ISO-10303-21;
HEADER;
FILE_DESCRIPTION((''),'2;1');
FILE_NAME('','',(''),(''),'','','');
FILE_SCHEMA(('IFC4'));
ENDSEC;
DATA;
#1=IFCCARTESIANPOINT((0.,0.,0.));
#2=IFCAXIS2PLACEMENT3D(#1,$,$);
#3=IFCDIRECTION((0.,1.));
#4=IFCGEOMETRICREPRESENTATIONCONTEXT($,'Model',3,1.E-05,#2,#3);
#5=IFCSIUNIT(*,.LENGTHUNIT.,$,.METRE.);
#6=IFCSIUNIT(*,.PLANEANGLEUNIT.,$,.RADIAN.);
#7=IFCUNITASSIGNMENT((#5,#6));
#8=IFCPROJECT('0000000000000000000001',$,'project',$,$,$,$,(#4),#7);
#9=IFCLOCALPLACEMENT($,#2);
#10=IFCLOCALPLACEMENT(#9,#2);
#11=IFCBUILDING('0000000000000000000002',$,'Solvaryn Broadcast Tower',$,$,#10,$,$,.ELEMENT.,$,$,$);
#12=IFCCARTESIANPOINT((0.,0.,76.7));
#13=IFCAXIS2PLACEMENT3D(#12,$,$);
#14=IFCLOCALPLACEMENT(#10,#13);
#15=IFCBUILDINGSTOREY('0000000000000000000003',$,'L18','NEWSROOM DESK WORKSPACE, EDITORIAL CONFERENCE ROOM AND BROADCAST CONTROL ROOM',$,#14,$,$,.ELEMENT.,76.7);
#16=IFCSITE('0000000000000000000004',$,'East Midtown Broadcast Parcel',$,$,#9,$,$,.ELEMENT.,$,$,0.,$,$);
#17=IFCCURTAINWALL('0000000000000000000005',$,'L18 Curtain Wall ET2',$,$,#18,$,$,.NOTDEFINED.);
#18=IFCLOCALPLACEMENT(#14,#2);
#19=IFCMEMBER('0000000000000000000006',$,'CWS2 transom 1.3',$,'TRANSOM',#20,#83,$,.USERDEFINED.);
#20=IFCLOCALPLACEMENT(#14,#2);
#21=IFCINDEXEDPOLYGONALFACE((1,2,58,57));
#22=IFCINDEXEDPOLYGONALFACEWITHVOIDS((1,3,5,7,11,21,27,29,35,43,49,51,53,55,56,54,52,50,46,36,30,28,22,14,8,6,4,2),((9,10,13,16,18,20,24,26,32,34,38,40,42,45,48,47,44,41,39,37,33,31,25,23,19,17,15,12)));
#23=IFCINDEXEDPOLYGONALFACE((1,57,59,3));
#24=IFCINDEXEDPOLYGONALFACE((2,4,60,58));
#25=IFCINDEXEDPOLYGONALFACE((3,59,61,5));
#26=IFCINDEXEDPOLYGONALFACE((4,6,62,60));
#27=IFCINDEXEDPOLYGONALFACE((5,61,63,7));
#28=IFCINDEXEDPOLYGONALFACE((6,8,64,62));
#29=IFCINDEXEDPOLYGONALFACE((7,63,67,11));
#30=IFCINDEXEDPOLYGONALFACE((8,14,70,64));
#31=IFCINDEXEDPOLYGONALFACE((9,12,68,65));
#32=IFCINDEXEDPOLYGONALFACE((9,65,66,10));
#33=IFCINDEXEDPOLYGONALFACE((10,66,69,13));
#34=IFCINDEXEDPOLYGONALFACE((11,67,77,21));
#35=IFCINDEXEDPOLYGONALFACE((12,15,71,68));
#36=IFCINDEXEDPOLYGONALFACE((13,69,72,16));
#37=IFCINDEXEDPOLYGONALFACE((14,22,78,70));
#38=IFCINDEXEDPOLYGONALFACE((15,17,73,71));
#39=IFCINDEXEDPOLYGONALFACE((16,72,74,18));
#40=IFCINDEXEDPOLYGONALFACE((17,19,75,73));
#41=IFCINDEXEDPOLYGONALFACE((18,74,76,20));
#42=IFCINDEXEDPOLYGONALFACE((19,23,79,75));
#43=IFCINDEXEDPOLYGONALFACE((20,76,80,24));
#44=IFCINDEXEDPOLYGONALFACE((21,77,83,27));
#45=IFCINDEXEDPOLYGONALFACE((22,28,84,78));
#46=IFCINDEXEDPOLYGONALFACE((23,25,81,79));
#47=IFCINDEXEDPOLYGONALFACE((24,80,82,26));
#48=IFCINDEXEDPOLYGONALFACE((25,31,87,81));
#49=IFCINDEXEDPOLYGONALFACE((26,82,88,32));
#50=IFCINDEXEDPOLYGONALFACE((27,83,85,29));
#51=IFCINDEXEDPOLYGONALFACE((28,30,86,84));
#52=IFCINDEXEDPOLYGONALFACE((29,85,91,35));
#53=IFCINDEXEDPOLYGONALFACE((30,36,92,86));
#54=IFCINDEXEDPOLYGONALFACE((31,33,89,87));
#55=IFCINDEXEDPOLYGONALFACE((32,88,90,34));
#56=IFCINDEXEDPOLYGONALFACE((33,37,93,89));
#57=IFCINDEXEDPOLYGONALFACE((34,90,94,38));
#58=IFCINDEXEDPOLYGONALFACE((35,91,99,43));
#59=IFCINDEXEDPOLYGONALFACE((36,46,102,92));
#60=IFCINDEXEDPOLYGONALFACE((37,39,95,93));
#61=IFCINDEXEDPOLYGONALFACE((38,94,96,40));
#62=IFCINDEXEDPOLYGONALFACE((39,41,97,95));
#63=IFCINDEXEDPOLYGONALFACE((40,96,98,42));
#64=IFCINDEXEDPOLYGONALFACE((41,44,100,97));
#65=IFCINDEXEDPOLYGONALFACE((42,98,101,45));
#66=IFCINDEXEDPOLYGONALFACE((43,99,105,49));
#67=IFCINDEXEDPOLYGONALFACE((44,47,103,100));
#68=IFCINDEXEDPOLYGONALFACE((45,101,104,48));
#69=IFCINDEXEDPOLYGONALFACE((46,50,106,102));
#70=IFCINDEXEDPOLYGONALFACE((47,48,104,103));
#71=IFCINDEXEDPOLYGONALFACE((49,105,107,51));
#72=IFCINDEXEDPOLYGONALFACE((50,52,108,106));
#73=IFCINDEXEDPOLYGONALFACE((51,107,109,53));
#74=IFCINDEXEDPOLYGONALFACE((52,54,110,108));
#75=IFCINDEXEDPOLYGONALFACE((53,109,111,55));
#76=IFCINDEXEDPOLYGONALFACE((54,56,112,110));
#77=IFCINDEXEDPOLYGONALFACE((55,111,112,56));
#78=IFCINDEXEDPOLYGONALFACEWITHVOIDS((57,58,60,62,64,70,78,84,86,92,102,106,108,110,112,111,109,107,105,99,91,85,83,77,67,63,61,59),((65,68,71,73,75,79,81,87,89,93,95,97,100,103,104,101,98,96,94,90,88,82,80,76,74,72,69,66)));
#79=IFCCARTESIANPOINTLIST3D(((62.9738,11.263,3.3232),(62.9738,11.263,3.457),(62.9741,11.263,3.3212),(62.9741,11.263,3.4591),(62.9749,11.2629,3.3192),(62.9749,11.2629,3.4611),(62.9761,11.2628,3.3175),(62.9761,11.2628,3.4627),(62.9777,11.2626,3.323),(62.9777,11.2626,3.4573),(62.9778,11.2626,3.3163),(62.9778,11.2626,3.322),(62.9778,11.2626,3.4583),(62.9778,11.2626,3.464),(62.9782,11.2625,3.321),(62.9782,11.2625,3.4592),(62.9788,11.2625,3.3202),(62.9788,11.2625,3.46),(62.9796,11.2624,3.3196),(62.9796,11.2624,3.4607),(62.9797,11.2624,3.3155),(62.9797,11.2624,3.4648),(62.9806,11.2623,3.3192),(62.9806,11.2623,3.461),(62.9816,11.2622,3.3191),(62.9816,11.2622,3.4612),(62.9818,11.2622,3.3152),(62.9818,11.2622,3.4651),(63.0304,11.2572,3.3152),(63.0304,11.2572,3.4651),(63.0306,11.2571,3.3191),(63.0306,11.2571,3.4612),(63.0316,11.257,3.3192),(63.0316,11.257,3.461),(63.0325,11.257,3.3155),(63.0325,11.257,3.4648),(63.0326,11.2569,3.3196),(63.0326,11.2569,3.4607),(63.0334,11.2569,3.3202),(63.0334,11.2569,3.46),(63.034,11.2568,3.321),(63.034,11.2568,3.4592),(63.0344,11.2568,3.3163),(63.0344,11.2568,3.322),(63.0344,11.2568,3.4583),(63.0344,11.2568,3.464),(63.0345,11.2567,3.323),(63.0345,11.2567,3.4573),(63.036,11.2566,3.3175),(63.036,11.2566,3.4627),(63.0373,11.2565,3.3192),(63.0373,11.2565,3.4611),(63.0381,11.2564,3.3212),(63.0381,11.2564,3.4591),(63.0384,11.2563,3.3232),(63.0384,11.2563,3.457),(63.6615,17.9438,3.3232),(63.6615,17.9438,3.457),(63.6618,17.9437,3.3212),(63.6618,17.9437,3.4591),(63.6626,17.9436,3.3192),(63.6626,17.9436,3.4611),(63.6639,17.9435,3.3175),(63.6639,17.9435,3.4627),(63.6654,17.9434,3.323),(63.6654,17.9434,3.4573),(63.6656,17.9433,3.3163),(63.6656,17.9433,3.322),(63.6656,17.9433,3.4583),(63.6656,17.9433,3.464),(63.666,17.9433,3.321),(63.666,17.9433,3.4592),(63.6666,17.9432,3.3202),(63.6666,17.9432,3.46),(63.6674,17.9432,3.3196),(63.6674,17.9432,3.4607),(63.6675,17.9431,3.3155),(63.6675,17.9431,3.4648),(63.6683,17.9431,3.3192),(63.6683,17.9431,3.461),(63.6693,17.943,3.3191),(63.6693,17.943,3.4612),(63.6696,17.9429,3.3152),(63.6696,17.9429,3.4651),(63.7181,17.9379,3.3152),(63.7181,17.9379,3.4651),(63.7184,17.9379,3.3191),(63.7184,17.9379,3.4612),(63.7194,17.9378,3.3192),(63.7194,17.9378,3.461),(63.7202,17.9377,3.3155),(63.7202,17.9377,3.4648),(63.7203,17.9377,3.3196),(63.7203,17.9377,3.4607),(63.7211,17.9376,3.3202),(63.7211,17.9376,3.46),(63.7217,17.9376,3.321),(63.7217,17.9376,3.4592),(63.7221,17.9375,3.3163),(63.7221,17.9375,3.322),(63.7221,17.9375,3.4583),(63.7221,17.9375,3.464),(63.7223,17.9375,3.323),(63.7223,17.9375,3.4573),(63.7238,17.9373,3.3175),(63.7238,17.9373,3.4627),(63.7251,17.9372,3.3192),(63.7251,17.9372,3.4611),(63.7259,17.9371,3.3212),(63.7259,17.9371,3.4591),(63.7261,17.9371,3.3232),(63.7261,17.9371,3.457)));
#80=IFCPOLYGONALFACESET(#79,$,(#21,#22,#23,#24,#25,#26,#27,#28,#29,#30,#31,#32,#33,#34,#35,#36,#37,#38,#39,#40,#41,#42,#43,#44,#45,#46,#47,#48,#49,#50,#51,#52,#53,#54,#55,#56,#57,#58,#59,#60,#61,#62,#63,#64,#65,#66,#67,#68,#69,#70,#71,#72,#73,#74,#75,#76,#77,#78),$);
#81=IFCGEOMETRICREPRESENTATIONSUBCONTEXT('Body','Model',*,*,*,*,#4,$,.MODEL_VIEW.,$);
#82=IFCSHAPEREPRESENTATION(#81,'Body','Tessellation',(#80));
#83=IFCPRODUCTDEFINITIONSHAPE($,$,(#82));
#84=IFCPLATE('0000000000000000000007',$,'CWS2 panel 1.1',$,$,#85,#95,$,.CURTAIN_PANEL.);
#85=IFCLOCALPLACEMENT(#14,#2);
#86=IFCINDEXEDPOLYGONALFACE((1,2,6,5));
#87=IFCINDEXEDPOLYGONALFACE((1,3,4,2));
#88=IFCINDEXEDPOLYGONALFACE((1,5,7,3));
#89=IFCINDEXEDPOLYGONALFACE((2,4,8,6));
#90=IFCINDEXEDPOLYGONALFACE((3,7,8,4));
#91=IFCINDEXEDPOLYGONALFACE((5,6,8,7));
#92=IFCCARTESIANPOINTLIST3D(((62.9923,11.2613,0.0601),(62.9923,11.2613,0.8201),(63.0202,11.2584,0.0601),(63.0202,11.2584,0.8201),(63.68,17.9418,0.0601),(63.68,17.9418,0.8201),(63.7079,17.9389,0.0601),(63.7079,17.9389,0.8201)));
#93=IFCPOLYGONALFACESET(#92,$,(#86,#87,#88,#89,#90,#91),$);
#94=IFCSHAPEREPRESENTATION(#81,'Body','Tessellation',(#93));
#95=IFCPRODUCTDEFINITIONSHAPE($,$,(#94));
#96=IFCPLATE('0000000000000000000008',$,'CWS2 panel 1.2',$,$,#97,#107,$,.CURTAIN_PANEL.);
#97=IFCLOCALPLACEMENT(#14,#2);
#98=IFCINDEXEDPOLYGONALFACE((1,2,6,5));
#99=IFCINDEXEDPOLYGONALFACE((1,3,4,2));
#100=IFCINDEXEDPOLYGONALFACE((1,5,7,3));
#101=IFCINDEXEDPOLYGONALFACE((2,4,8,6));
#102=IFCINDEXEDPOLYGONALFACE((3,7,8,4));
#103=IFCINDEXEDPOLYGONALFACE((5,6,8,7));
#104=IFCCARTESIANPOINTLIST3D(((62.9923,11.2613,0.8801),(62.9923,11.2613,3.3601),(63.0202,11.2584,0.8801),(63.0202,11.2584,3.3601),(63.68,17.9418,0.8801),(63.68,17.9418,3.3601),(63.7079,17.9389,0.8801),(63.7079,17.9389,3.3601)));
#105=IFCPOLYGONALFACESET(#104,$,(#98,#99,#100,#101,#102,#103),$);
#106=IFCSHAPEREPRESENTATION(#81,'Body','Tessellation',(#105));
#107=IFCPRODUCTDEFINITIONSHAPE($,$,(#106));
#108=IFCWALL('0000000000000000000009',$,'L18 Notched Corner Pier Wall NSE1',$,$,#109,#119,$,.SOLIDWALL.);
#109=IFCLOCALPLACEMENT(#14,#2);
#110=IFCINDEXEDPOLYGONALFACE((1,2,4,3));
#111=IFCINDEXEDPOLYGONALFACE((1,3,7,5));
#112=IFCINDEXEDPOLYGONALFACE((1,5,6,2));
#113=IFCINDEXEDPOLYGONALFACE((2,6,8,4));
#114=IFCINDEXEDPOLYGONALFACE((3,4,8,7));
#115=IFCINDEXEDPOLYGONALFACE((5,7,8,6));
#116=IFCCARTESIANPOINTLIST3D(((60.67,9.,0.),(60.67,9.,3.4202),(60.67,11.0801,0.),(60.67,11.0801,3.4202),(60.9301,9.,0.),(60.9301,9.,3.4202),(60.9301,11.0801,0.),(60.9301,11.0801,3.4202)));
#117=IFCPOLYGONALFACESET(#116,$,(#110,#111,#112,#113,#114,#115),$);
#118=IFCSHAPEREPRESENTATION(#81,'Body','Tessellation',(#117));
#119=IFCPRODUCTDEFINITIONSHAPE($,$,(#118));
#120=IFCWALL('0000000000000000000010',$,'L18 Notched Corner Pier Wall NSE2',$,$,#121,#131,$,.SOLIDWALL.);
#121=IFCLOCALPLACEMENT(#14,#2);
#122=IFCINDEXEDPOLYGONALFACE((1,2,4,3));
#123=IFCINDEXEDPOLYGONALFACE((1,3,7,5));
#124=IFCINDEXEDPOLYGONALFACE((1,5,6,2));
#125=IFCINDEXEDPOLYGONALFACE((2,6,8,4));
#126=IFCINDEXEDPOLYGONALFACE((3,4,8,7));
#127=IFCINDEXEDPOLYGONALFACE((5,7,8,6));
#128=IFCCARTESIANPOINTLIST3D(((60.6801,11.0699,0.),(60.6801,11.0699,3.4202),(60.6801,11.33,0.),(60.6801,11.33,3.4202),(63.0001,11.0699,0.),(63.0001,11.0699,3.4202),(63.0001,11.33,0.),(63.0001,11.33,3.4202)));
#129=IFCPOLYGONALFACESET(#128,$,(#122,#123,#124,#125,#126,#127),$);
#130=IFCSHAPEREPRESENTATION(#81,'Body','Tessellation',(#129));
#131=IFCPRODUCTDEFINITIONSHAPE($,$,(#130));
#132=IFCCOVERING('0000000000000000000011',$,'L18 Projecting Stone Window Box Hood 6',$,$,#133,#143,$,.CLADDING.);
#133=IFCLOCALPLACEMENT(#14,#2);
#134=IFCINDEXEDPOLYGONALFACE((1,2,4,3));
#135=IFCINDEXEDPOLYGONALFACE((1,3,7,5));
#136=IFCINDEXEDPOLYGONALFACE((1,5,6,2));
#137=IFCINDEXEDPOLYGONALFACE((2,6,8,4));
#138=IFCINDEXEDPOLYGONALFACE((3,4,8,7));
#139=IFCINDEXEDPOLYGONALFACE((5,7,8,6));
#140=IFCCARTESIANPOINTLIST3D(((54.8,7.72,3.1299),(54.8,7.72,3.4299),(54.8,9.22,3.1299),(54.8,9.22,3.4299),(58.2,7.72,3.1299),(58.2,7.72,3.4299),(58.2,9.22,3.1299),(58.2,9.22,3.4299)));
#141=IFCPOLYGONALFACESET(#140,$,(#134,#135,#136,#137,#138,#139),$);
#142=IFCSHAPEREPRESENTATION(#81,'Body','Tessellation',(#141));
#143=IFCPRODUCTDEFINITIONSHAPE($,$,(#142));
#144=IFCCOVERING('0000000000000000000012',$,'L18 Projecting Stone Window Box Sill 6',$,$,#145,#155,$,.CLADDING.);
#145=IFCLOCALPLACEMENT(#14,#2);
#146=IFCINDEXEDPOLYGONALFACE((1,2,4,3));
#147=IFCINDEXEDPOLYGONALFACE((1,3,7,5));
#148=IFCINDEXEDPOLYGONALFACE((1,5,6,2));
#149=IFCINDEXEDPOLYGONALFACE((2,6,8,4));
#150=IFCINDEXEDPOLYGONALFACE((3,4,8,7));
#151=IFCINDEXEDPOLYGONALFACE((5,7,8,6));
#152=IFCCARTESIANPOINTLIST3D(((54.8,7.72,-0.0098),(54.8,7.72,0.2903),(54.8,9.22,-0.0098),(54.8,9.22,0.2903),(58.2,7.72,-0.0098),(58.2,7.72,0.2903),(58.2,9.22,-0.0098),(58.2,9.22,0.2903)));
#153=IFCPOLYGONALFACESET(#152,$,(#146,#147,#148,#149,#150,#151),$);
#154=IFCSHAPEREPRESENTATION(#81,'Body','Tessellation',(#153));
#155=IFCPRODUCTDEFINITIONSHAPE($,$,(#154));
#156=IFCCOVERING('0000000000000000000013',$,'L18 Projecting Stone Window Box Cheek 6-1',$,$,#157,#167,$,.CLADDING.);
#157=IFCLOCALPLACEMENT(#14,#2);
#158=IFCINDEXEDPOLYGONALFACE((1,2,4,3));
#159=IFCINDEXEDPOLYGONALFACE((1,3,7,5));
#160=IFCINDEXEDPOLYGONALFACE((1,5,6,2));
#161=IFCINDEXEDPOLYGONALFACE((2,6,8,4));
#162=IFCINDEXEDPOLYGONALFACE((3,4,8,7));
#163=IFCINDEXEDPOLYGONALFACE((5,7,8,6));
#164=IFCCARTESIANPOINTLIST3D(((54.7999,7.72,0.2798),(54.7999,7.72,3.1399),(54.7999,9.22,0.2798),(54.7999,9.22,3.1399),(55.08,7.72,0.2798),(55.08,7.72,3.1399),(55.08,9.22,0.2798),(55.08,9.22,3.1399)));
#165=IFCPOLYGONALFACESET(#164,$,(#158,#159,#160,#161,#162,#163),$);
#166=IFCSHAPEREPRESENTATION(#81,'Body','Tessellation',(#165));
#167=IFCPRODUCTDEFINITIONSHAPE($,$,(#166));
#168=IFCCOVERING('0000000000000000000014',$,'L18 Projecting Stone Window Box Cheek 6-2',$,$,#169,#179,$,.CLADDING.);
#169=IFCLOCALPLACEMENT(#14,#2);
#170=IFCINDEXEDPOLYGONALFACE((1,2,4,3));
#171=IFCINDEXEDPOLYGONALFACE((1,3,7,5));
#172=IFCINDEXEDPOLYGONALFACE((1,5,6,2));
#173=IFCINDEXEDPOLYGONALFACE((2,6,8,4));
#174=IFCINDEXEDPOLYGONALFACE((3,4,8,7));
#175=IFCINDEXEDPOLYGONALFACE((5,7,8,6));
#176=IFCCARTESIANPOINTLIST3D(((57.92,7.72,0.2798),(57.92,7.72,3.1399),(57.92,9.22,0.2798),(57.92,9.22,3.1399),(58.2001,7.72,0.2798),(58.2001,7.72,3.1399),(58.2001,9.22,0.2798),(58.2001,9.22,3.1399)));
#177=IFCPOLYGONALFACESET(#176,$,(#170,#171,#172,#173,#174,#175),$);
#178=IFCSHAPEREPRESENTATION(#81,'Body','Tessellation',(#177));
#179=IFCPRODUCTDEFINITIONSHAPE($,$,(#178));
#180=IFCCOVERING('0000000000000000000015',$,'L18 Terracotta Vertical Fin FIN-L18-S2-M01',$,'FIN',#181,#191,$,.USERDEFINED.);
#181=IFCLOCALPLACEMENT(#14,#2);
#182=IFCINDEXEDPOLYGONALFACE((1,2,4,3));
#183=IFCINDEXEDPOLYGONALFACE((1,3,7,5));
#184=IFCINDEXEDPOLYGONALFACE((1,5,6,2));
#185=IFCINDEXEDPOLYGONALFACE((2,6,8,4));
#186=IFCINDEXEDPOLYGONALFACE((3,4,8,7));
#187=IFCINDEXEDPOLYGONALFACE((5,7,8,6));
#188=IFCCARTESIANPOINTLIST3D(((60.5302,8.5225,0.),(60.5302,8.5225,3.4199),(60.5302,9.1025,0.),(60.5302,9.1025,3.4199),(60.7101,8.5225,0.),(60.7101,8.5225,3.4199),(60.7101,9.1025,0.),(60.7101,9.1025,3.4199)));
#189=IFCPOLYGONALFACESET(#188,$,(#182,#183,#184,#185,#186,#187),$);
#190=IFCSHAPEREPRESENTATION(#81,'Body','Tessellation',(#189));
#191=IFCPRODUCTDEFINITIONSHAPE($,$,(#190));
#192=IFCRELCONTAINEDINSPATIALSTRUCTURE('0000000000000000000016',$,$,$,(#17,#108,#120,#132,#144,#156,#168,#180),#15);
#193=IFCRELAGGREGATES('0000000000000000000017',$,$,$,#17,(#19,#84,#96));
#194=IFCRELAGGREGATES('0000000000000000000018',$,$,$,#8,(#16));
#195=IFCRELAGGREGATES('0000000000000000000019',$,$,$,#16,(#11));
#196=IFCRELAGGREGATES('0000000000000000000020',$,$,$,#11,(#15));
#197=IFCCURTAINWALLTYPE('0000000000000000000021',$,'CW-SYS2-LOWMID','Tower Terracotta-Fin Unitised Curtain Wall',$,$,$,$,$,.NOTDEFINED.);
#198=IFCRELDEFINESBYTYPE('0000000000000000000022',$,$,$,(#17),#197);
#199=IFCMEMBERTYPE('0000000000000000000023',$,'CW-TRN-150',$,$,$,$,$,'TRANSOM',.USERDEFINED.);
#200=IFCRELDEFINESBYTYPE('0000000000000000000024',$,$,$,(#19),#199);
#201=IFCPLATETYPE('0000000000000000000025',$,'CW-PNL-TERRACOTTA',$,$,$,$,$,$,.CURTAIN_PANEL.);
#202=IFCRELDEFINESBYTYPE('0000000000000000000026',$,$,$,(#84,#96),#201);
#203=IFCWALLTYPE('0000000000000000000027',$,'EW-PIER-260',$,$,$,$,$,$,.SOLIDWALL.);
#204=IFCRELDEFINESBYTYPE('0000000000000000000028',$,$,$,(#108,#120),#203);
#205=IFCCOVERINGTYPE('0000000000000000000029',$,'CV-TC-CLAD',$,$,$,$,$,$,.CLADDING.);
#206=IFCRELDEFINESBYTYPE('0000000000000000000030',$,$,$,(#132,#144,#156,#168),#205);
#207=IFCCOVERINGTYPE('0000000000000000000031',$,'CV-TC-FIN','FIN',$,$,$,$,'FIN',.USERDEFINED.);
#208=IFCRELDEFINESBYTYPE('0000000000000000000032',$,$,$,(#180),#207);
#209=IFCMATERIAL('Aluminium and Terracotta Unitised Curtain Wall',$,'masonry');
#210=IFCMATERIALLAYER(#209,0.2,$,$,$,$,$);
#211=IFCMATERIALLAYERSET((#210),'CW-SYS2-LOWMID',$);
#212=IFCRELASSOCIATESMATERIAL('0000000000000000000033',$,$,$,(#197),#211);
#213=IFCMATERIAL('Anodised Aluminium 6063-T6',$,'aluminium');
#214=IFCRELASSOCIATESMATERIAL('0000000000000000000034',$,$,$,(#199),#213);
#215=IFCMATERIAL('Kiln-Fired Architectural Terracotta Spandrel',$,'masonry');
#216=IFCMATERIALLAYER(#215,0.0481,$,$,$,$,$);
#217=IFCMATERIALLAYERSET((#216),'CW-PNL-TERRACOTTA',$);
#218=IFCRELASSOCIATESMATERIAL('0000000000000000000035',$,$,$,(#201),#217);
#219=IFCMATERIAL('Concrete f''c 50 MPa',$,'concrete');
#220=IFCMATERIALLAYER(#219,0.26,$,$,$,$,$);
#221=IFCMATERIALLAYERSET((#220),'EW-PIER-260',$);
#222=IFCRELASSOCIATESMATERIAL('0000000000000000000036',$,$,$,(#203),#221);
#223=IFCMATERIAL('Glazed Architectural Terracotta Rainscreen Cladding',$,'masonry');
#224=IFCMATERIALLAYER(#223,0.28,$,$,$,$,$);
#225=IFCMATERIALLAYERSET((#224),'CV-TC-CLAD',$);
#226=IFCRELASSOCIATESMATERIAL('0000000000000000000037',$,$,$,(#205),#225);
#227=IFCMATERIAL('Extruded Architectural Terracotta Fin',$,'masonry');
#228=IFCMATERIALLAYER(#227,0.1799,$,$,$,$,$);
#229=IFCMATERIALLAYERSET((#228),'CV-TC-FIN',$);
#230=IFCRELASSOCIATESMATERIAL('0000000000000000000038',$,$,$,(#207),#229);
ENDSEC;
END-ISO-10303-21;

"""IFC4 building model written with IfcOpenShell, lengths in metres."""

from ifc_helpers import new_model, si_unit, direction, frame, frame_2d, origin, origin_2d, place, context, subcontext, project, spatial, rectangle, hollow_rectangle, extrude, material, layer, layer_set, material_profile, profile_set, type_object, element, aggregate, save


model = new_model("IFC4")

# Units and contexts
model_context = context("Model", 3, precision=1e-05, world=origin(), true_north=direction((0.0, 1.0)))
body_context = subcontext(model_context, "Body", "Model", "MODEL_VIEW")
ifc_project = project(units=[si_unit("LENGTHUNIT", "METRE"), si_unit("PLANEANGLEUNIT", "RADIAN")], contexts=[model_context])

# Site, building, storey
site_placement = place(None, origin())
site = spatial("IfcSite", under=ifc_project, at=site_placement, Name="East Midtown Broadcast Parcel", CompositionType="ELEMENT", RefElevation=0.0)
building_placement = place(site_placement, origin())
building = spatial("IfcBuilding", under=site, at=building_placement, Name="Solvaryn Broadcast Tower", CompositionType="ELEMENT")
storey_placement = place(building_placement, frame((0.0, 0.0, 76.7)))
storey = spatial("IfcBuildingStorey", under=building, at=storey_placement, Name="L18", Description="NEWSROOM DESK WORKSPACE, EDITORIAL CONFERENCE ROOM AND BROADCAST CONTROL ROOM", CompositionType="ELEMENT", Elevation=76.7)

# Shared definitions
ifc_material_1 = material(Name="Aluminium and Terracotta Unitised Curtain Wall", Category="masonry")
ifc_layer_1 = layer(ifc_material_1, 0.2)
ifc_layer_set_1 = layer_set([ifc_layer_1], Name="CW-SYS2-LOWMID")
curtain_wall_type = type_object("IfcCurtainWallType", Name="CW-SYS2-LOWMID", Description="Tower Terracotta-Fin Unitised Curtain Wall", PredefinedType="NOTDEFINED", material=ifc_layer_set_1)

# Curtain wall, member, plates
curtain_wall_1_placement = place(storey_placement, origin())
curtain_wall_1 = element("IfcCurtainWall", 1, at=curtain_wall_1_placement, inside=storey, type_object=curtain_wall_type, Name="L18 Curtain Wall ET2", PredefinedType="NOTDEFINED")
ifc_material_2 = material(Name="Anodised Aluminium 6063-T6", Category="aluminium")
ifc_material_profile_1 = material_profile(ifc_material_2, hollow_rectangle(XDim=0.0649, YDim=0.1499, WallThickness=0.0039, InnerFilletRadius=0.0039, OuterFilletRadius=0.0081, at=origin_2d()))
ifc_profile_set_1 = profile_set([ifc_material_profile_1], Name="Anodised Aluminium 6063-T6")
member_type_1 = type_object("IfcMemberType", Name="CW-TRN-150", ElementType="TRANSOM", PredefinedType="USERDEFINED", material=ifc_profile_set_1)
member_1_placement = place(storey_placement, frame((63.6938, 17.9404, 3.3901), z_axis=(-0.102404, -0.994743, 0.0), x_axis=(0.994743, -0.102404, 0.0)))
member_1 = element("IfcMember", 2, at=member_1_placement, type_object=member_type_1, Name="CWS2 transom 1.3", ObjectType="TRANSOM", PredefinedType="USERDEFINED", context=body_context, shape_type="SweptSolid", body=[
    extrude(hollow_rectangle(XDim=0.0649, YDim=0.1499, WallThickness=0.0039, InnerFilletRadius=0.0039, OuterFilletRadius=0.0081, at=origin_2d()), origin(), (0.0, 0.0, 1.0), 6.7161),
])
ifc_material_3 = material(Name="Kiln-Fired Architectural Terracotta Spandrel", Category="masonry")
ifc_layer_2 = layer(ifc_material_3, 0.0481)
ifc_layer_set_2 = layer_set([ifc_layer_2], Name="CW-PNL-TERRACOTTA")
plate_type = type_object("IfcPlateType", Name="CW-PNL-TERRACOTTA", PredefinedType="CURTAIN_PANEL", material=ifc_layer_set_2)
plate_1_placement = place(storey_placement, frame((63.3501, 14.6001, 0.0601), z_axis=(0.0, 0.0, 1.0), x_axis=(-0.1024, -0.994743, 0.0)))
plate_1 = element("IfcPlate", 3, at=plate_1_placement, type_object=plate_type, Name="CWS2 panel 1.1", PredefinedType="CURTAIN_PANEL", context=body_context, shape_type="SweptSolid", body=[
    extrude(rectangle(XDim=6.7158, YDim=0.0281, at=origin_2d()), origin(), (0.0, 0.0, 1.0), 0.76),
])
plate_2_placement = place(storey_placement, frame((63.3501, 14.6001, 0.8801), z_axis=(0.0, 0.0, 1.0), x_axis=(-0.1024, -0.994743, 0.0)))
plate_2 = element("IfcPlate", 4, at=plate_2_placement, type_object=plate_type, Name="CWS2 panel 1.2", PredefinedType="CURTAIN_PANEL", context=body_context, shape_type="SweptSolid", body=[
    extrude(rectangle(XDim=6.7158, YDim=0.0281, at=origin_2d()), origin(), (0.0, 0.0, 1.0), 2.48),
])
aggregate(curtain_wall_1, [member_1, plate_1, plate_2])

# Walls
ifc_material_4 = material(Name="Concrete f'c 50 MPa", Category="concrete")
ifc_layer_3 = layer(ifc_material_4, 0.26)
ifc_layer_set_3 = layer_set([ifc_layer_3], Name="EW-PIER-260")
wall_type = type_object("IfcWallType", Name="EW-PIER-260", PredefinedType="SOLIDWALL", material=ifc_layer_set_3)
wall_1_placement = place(storey_placement, frame((60.8, 9.0, 0.0), z_axis=(0.0, 0.0, 1.0), x_axis=(0.0, 1.0, 0.0)))
element("IfcWall", 5, at=wall_1_placement, inside=storey, type_object=wall_type, Name="L18 Notched Corner Pier Wall NSE1", PredefinedType="SOLIDWALL", context=body_context, shape_type="SweptSolid", body=[
    extrude(rectangle(XDim=2.0801, YDim=0.26, at=frame_2d((1.04, 0.0))), origin(), (0.0, 0.0, 1.0), 3.4202),
])
wall_2_placement = place(storey_placement, frame((60.6799, 11.2, 0.0), z_axis=(0.0, 0.0, 1.0), x_axis=(1.0, 0.0, 0.0)))
element("IfcWall", 6, at=wall_2_placement, inside=storey, type_object=wall_type, Name="L18 Notched Corner Pier Wall NSE2", PredefinedType="SOLIDWALL", context=body_context, shape_type="SweptSolid", body=[
    extrude(rectangle(XDim=2.3201, YDim=0.26, at=frame_2d((1.1602, 0.0))), origin(), (0.0, 0.0, 1.0), 3.4202),
])

# Coverings
ifc_material_5 = material(Name="Glazed Architectural Terracotta Rainscreen Cladding", Category="masonry")
ifc_layer_4 = layer(ifc_material_5, 0.28)
ifc_layer_set_4 = layer_set([ifc_layer_4], Name="CV-TC-CLAD")
covering_type_1 = type_object("IfcCoveringType", Name="CV-TC-CLAD", PredefinedType="CLADDING", material=ifc_layer_set_4)
for number, where, z_axis, x_axis, name in (
    (7, (56.5, 8.47, 3.1299), (0.0, 0.0, 1.0), (1.0, 0.0, 0.0), "L18 Projecting Stone Window Box Hood 6"),
    (8, (56.5, 8.47, -0.0098), (0.0, 0.0, 1.0), (1.0, 0.0, 0.0), "L18 Projecting Stone Window Box Sill 6"),
):
    element("IfcCovering", number, at=place(storey_placement, frame(where, z_axis=z_axis, x_axis=x_axis)), inside=storey, type_object=covering_type_1, Name=name, PredefinedType="CLADDING", context=body_context, shape_type="SweptSolid", body=[
        extrude(rectangle(XDim=3.3999, YDim=1.5, at=origin_2d()), origin(), (0.0, 0.0, 1.0), 0.3),
    ])
for number, where, z_axis, x_axis, name in (
    (9, (54.9399, 8.47, 0.2798), (0.0, 0.0, 1.0), (1.0, 0.0, 0.0), "L18 Projecting Stone Window Box Cheek 6-1"),
    (10, (58.0601, 8.47, 0.2798), (0.0, 0.0, 1.0), (1.0, 0.0, 0.0), "L18 Projecting Stone Window Box Cheek 6-2"),
):
    element("IfcCovering", number, at=place(storey_placement, frame(where, z_axis=z_axis, x_axis=x_axis)), inside=storey, type_object=covering_type_1, Name=name, PredefinedType="CLADDING", context=body_context, shape_type="SweptSolid", body=[
        extrude(rectangle(XDim=0.28, YDim=1.5, at=origin_2d()), origin(), (0.0, 0.0, 1.0), 2.8601),
    ])
ifc_material_6 = material(Name="Extruded Architectural Terracotta Fin", Category="masonry")
ifc_layer_5 = layer(ifc_material_6, 0.1799)
ifc_layer_set_5 = layer_set([ifc_layer_5], Name="CV-TC-FIN")
covering_type_2 = type_object("IfcCoveringType", Name="CV-TC-FIN", Description="FIN", ElementType="FIN", PredefinedType="USERDEFINED", material=ifc_layer_set_5)
covering_placement = place(storey_placement, frame((60.6201, 8.8125, 0.0), z_axis=(0.0, 0.0, 1.0), x_axis=(1.0, 0.0, 0.0)))
element("IfcCovering", 11, at=covering_placement, inside=storey, type_object=covering_type_2, Name="L18 Terracotta Vertical Fin FIN-L18-S2-M01", ObjectType="FIN", PredefinedType="USERDEFINED", context=body_context, shape_type="SweptSolid", body=[
    extrude(rectangle(XDim=0.1799, YDim=0.5801, at=origin_2d()), origin(), (0.0, 0.0, 1.0), 3.4199),
])

save(model, "model.ifc")
